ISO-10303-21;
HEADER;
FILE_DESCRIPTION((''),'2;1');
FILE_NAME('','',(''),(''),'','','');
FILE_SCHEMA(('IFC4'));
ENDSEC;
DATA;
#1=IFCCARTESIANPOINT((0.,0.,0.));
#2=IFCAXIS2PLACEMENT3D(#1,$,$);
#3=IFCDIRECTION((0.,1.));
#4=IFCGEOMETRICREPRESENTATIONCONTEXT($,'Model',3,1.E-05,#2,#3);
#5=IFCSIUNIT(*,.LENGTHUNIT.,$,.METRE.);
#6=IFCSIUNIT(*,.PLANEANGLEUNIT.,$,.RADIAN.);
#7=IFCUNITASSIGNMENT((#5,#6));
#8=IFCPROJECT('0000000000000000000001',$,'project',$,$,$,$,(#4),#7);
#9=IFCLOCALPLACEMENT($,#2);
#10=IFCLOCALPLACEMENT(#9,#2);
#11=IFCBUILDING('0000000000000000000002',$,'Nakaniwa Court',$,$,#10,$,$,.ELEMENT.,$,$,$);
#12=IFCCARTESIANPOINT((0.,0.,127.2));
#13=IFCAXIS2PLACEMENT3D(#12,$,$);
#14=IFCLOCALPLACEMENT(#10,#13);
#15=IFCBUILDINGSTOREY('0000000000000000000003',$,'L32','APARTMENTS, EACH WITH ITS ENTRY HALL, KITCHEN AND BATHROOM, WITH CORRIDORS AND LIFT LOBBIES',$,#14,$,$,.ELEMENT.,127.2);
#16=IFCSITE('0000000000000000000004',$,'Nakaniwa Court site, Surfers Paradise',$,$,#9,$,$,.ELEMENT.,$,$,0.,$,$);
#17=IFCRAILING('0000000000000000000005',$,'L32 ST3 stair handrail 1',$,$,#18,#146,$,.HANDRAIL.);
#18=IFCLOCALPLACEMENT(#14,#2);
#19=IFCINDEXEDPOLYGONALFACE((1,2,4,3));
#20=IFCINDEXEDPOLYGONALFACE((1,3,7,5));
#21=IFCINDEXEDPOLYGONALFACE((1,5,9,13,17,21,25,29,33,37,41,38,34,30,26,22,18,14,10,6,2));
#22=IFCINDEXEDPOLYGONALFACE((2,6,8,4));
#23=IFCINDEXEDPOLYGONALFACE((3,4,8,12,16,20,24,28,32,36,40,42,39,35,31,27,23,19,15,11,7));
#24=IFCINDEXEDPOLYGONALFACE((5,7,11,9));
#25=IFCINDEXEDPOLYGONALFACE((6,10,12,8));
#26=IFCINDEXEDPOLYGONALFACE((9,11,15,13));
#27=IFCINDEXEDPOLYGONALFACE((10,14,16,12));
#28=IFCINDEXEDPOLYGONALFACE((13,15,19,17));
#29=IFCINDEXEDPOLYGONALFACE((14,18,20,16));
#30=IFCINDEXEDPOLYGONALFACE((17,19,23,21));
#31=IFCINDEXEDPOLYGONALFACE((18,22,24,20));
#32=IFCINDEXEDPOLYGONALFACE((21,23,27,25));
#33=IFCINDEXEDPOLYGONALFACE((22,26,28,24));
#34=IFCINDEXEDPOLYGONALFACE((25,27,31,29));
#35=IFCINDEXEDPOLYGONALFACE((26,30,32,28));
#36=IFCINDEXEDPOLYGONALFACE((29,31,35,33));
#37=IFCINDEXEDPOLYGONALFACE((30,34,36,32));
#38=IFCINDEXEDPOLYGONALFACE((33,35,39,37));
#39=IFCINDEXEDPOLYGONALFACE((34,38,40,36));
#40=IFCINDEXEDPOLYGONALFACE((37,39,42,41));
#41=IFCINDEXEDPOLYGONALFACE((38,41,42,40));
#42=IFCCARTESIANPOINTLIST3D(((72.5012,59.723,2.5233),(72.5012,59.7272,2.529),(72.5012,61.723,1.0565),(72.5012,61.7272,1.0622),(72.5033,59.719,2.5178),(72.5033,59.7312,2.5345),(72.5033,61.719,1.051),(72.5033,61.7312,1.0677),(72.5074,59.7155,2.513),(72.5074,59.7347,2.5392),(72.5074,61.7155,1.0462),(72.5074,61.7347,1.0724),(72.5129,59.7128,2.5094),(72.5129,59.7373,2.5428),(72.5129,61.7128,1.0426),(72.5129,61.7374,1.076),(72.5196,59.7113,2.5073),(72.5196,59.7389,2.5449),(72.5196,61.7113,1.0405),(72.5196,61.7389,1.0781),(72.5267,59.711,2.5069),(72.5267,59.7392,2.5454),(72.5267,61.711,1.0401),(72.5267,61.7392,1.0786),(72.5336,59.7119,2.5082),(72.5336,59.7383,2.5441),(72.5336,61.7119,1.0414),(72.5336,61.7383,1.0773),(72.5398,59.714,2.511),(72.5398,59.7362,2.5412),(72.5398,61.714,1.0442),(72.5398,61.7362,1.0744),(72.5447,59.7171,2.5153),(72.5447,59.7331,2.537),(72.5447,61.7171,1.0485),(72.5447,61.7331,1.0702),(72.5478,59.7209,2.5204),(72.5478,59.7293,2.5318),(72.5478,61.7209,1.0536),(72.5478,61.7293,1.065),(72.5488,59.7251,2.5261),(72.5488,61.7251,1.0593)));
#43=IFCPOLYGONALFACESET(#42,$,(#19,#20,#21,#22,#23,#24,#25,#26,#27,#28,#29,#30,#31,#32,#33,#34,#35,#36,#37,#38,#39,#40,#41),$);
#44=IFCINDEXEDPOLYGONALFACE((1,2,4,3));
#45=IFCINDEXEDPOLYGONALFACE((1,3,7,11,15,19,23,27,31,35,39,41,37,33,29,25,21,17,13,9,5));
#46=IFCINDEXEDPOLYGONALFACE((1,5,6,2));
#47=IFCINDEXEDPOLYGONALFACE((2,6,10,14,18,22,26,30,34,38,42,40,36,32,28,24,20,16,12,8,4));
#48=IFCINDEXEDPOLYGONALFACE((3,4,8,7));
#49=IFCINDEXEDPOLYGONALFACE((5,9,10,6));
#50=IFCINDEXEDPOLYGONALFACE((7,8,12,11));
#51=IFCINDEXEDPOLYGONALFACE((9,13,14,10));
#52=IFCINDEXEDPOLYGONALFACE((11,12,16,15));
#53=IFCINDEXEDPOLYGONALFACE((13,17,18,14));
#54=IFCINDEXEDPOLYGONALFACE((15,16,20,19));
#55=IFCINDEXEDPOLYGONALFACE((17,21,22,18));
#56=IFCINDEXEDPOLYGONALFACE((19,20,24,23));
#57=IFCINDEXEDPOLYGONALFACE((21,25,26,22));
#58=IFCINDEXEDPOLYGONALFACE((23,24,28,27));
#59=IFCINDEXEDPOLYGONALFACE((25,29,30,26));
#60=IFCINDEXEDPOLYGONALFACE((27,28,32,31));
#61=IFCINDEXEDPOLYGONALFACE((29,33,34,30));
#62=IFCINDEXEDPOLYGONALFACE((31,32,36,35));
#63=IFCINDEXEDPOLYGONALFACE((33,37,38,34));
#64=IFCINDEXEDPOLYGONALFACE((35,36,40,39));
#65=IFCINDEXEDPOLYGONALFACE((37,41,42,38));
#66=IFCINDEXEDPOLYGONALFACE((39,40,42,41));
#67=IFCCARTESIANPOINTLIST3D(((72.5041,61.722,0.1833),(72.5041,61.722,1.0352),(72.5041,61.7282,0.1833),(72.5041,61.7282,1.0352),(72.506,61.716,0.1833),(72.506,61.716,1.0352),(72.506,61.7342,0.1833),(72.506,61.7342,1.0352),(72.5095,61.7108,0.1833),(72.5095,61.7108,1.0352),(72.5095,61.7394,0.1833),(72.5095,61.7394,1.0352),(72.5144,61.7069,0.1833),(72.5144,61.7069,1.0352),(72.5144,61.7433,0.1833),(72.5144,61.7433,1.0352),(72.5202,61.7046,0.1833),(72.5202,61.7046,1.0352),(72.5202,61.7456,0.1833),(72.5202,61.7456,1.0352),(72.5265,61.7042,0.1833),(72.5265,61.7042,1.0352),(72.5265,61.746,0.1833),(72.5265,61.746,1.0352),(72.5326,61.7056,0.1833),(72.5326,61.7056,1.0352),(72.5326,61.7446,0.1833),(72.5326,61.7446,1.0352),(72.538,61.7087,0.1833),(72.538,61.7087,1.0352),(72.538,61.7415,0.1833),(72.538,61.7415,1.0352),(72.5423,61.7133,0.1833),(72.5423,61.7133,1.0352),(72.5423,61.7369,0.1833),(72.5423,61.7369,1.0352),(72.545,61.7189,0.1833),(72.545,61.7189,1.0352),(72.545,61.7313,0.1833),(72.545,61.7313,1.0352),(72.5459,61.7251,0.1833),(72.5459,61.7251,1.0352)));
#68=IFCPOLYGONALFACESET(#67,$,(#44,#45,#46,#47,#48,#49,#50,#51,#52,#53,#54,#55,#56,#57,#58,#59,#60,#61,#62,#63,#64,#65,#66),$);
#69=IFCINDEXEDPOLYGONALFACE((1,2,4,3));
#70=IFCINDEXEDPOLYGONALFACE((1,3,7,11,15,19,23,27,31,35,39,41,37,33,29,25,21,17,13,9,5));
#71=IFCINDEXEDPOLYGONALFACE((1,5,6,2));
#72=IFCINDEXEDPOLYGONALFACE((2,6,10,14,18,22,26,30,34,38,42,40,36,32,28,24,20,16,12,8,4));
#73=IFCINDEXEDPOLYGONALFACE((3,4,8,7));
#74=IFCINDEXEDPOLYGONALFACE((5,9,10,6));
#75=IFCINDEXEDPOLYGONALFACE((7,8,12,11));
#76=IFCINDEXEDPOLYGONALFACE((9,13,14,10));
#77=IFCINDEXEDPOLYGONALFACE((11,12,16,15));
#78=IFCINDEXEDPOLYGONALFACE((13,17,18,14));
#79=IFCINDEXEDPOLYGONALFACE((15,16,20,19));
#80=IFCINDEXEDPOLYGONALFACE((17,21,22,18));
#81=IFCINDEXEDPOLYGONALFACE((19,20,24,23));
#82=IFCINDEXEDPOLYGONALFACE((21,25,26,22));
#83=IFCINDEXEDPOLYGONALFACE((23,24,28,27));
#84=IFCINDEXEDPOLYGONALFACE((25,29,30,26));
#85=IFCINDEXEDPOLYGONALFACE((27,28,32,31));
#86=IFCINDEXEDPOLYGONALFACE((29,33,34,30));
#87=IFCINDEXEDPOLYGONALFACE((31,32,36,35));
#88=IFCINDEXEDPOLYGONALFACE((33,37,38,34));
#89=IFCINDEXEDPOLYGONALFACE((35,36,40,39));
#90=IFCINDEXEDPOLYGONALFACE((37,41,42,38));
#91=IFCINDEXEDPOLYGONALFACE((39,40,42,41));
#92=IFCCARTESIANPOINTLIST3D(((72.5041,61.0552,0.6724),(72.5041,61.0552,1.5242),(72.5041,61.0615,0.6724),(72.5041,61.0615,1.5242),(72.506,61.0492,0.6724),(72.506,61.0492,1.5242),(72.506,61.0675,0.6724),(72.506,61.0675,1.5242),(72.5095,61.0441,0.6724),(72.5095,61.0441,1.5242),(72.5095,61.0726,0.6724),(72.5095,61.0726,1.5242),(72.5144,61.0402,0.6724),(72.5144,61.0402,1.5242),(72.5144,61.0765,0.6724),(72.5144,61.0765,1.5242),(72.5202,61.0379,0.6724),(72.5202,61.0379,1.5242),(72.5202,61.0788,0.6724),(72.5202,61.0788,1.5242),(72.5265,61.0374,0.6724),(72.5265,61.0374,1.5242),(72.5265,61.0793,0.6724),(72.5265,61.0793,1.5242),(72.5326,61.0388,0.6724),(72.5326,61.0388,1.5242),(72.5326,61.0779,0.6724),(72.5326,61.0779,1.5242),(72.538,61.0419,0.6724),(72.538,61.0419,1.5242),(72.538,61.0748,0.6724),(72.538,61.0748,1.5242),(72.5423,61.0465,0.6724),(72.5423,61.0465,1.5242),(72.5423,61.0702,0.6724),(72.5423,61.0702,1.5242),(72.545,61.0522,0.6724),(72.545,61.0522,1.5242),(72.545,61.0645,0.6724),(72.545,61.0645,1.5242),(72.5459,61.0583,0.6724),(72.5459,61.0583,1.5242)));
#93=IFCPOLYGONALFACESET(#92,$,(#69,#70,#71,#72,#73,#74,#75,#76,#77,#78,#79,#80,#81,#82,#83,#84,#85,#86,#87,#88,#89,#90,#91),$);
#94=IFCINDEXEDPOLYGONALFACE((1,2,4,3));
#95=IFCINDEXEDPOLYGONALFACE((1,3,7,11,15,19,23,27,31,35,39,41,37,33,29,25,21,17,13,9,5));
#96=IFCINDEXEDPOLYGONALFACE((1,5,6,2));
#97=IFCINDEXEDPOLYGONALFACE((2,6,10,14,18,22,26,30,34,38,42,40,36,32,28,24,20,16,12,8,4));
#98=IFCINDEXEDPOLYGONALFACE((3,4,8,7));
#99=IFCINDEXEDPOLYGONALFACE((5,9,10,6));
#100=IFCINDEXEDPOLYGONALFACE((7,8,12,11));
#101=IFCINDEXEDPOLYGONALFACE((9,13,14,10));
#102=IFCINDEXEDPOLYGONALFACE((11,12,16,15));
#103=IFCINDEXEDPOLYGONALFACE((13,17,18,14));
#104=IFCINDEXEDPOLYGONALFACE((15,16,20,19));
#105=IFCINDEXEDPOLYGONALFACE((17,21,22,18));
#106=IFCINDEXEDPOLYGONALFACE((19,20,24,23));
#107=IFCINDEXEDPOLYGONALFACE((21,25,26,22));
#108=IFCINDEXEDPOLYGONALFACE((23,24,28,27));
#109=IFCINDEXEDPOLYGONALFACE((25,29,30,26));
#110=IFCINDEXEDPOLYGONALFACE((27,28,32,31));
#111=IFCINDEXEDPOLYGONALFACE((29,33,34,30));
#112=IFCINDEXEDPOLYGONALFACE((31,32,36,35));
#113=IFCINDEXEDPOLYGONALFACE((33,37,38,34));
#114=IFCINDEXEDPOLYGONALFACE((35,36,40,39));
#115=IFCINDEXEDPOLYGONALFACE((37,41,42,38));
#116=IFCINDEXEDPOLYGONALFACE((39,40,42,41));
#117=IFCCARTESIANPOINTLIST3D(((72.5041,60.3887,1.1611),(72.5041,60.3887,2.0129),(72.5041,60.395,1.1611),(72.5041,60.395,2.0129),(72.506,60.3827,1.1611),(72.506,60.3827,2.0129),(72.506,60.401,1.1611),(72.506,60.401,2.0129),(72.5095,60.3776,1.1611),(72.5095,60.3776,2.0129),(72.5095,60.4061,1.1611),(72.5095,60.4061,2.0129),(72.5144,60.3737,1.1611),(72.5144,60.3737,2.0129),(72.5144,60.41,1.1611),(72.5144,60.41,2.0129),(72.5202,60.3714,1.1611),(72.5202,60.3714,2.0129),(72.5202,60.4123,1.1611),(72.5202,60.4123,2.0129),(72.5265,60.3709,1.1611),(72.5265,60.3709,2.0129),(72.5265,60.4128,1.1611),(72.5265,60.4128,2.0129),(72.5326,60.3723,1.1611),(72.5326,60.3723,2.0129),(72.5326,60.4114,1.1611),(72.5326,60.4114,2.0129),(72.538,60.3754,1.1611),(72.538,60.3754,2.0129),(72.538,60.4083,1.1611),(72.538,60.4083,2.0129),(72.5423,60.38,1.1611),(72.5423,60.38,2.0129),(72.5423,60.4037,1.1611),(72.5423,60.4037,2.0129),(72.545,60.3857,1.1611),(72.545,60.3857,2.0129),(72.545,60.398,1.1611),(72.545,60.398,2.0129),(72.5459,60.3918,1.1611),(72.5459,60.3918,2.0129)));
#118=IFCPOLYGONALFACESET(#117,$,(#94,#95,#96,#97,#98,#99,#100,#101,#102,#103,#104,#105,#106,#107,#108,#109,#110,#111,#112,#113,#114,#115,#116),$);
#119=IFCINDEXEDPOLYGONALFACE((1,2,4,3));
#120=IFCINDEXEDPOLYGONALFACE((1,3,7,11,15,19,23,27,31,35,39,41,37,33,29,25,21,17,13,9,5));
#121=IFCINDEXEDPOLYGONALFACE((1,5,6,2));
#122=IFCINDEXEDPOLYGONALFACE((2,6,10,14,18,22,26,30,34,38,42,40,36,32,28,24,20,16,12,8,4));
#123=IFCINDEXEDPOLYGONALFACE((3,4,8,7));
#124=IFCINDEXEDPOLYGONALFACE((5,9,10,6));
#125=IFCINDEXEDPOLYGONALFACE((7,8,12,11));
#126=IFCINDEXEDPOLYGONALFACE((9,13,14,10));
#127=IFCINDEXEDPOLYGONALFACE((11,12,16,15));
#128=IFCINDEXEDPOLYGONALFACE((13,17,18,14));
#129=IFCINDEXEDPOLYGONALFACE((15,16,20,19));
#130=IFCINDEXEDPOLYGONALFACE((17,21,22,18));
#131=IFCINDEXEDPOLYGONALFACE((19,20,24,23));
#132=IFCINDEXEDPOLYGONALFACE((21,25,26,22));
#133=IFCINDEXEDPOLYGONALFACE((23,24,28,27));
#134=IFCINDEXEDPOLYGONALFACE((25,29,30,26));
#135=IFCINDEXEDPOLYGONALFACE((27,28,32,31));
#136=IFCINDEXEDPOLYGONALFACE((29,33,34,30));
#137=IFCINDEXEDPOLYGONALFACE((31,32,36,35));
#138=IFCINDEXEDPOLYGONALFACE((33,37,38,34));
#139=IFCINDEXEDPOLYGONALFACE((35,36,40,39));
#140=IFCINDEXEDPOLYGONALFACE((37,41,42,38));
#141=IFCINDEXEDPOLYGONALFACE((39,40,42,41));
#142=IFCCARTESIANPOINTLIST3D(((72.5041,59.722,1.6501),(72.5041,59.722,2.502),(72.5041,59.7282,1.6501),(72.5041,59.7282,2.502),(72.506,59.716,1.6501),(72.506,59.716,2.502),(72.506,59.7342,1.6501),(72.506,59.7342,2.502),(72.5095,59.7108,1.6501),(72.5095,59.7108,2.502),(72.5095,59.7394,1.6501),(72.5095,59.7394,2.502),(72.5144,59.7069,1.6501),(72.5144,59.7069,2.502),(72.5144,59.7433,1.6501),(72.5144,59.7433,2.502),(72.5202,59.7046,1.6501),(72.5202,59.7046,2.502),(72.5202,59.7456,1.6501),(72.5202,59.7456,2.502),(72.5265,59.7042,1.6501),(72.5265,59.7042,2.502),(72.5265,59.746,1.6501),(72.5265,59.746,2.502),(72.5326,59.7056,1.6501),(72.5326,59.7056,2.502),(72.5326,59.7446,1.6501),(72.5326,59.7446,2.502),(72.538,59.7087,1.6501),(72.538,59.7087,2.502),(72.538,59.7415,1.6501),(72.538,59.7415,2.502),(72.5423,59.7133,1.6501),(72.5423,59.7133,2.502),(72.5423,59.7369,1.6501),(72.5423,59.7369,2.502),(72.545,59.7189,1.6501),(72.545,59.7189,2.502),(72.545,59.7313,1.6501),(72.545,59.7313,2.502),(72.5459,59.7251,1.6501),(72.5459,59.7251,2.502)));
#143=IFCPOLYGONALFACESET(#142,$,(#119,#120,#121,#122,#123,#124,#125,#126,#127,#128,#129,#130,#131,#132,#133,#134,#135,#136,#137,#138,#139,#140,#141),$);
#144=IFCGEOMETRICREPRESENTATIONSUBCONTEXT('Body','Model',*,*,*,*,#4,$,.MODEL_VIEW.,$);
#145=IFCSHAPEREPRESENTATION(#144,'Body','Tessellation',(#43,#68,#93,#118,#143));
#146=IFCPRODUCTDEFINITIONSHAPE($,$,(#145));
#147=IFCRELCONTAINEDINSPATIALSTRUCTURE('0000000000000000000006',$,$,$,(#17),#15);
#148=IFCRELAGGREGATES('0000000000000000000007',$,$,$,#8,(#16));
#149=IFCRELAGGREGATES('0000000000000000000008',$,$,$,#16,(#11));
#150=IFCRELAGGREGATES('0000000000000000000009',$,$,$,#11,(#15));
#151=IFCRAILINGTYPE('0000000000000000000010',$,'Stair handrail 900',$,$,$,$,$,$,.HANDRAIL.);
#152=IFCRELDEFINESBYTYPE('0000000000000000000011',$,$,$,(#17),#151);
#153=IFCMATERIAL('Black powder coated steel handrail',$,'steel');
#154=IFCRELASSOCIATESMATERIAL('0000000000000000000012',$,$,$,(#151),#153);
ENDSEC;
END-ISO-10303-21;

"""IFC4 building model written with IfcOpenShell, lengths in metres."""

from ifc_helpers import new_model, si_unit, direction, frame, origin, origin_2d, place, context, subcontext, project, spatial, circle, extrude, material, type_object, element, save


model = new_model("IFC4")

# Units and contexts
model_context = context("Model", 3, precision=1e-05, world=origin(), true_north=direction((0.0, 1.0)))
body_context = subcontext(model_context, "Body", "Model", "MODEL_VIEW")
ifc_project = project(units=[si_unit("LENGTHUNIT", "METRE"), si_unit("PLANEANGLEUNIT", "RADIAN")], contexts=[model_context])

# Site, building, storey
site_placement = place(None, origin())
site = spatial("IfcSite", under=ifc_project, at=site_placement, Name="Nakaniwa Court site, Surfers Paradise", CompositionType="ELEMENT", RefElevation=0.0)
building_placement = place(site_placement, origin())
building = spatial("IfcBuilding", under=site, at=building_placement, Name="Nakaniwa Court", CompositionType="ELEMENT")
storey_placement = place(building_placement, frame((0.0, 0.0, 127.2)))
storey = spatial("IfcBuildingStorey", under=building, at=storey_placement, Name="L32", Description="APARTMENTS, EACH WITH ITS ENTRY HALL, KITCHEN AND BATHROOM, WITH CORRIDORS AND LIFT LOBBIES", CompositionType="ELEMENT", Elevation=127.2)

# Railing
ifc_material_1 = material(Name="Black powder coated steel handrail", Category="steel")
railing_type_1 = type_object("IfcRailingType", Name="Stair handrail 900", PredefinedType="HANDRAIL", material=ifc_material_1)
railing_1_placement = place(storey_placement, frame((72.5249, 61.7251, 0.1833)))
element("IfcRailing", 1, at=railing_1_placement, inside=storey, type_object=railing_type_1, Name="L32 ST3 stair handrail 1", PredefinedType="HANDRAIL", context=body_context, shape_type="SweptSolid", body=[
    extrude(circle(Radius=0.0239, at=origin_2d()), frame((0.0, 0.0, 0.876), z_axis=(0.0, -0.80638, 0.591398), x_axis=(1.0, 0.0, 0.0)), (0.0, 0.0, 1.0), 2.4802),
    extrude(circle(Radius=0.021, at=origin_2d()), origin(), (0.0, 0.0, 1.0), 0.8518),
    extrude(circle(Radius=0.021, at=origin_2d()), frame((0.0, -0.6667, 0.489)), (0.0, 0.0, 1.0), 0.8518),
    extrude(circle(Radius=0.021, at=origin_2d()), frame((0.0, -1.3333, 0.9778)), (0.0, 0.0, 1.0), 0.8518),
    extrude(circle(Radius=0.021, at=origin_2d()), frame((0.0, -2.0, 1.4668)), (0.0, 0.0, 1.0), 0.8518),
])

save(model, "model.ifc")
